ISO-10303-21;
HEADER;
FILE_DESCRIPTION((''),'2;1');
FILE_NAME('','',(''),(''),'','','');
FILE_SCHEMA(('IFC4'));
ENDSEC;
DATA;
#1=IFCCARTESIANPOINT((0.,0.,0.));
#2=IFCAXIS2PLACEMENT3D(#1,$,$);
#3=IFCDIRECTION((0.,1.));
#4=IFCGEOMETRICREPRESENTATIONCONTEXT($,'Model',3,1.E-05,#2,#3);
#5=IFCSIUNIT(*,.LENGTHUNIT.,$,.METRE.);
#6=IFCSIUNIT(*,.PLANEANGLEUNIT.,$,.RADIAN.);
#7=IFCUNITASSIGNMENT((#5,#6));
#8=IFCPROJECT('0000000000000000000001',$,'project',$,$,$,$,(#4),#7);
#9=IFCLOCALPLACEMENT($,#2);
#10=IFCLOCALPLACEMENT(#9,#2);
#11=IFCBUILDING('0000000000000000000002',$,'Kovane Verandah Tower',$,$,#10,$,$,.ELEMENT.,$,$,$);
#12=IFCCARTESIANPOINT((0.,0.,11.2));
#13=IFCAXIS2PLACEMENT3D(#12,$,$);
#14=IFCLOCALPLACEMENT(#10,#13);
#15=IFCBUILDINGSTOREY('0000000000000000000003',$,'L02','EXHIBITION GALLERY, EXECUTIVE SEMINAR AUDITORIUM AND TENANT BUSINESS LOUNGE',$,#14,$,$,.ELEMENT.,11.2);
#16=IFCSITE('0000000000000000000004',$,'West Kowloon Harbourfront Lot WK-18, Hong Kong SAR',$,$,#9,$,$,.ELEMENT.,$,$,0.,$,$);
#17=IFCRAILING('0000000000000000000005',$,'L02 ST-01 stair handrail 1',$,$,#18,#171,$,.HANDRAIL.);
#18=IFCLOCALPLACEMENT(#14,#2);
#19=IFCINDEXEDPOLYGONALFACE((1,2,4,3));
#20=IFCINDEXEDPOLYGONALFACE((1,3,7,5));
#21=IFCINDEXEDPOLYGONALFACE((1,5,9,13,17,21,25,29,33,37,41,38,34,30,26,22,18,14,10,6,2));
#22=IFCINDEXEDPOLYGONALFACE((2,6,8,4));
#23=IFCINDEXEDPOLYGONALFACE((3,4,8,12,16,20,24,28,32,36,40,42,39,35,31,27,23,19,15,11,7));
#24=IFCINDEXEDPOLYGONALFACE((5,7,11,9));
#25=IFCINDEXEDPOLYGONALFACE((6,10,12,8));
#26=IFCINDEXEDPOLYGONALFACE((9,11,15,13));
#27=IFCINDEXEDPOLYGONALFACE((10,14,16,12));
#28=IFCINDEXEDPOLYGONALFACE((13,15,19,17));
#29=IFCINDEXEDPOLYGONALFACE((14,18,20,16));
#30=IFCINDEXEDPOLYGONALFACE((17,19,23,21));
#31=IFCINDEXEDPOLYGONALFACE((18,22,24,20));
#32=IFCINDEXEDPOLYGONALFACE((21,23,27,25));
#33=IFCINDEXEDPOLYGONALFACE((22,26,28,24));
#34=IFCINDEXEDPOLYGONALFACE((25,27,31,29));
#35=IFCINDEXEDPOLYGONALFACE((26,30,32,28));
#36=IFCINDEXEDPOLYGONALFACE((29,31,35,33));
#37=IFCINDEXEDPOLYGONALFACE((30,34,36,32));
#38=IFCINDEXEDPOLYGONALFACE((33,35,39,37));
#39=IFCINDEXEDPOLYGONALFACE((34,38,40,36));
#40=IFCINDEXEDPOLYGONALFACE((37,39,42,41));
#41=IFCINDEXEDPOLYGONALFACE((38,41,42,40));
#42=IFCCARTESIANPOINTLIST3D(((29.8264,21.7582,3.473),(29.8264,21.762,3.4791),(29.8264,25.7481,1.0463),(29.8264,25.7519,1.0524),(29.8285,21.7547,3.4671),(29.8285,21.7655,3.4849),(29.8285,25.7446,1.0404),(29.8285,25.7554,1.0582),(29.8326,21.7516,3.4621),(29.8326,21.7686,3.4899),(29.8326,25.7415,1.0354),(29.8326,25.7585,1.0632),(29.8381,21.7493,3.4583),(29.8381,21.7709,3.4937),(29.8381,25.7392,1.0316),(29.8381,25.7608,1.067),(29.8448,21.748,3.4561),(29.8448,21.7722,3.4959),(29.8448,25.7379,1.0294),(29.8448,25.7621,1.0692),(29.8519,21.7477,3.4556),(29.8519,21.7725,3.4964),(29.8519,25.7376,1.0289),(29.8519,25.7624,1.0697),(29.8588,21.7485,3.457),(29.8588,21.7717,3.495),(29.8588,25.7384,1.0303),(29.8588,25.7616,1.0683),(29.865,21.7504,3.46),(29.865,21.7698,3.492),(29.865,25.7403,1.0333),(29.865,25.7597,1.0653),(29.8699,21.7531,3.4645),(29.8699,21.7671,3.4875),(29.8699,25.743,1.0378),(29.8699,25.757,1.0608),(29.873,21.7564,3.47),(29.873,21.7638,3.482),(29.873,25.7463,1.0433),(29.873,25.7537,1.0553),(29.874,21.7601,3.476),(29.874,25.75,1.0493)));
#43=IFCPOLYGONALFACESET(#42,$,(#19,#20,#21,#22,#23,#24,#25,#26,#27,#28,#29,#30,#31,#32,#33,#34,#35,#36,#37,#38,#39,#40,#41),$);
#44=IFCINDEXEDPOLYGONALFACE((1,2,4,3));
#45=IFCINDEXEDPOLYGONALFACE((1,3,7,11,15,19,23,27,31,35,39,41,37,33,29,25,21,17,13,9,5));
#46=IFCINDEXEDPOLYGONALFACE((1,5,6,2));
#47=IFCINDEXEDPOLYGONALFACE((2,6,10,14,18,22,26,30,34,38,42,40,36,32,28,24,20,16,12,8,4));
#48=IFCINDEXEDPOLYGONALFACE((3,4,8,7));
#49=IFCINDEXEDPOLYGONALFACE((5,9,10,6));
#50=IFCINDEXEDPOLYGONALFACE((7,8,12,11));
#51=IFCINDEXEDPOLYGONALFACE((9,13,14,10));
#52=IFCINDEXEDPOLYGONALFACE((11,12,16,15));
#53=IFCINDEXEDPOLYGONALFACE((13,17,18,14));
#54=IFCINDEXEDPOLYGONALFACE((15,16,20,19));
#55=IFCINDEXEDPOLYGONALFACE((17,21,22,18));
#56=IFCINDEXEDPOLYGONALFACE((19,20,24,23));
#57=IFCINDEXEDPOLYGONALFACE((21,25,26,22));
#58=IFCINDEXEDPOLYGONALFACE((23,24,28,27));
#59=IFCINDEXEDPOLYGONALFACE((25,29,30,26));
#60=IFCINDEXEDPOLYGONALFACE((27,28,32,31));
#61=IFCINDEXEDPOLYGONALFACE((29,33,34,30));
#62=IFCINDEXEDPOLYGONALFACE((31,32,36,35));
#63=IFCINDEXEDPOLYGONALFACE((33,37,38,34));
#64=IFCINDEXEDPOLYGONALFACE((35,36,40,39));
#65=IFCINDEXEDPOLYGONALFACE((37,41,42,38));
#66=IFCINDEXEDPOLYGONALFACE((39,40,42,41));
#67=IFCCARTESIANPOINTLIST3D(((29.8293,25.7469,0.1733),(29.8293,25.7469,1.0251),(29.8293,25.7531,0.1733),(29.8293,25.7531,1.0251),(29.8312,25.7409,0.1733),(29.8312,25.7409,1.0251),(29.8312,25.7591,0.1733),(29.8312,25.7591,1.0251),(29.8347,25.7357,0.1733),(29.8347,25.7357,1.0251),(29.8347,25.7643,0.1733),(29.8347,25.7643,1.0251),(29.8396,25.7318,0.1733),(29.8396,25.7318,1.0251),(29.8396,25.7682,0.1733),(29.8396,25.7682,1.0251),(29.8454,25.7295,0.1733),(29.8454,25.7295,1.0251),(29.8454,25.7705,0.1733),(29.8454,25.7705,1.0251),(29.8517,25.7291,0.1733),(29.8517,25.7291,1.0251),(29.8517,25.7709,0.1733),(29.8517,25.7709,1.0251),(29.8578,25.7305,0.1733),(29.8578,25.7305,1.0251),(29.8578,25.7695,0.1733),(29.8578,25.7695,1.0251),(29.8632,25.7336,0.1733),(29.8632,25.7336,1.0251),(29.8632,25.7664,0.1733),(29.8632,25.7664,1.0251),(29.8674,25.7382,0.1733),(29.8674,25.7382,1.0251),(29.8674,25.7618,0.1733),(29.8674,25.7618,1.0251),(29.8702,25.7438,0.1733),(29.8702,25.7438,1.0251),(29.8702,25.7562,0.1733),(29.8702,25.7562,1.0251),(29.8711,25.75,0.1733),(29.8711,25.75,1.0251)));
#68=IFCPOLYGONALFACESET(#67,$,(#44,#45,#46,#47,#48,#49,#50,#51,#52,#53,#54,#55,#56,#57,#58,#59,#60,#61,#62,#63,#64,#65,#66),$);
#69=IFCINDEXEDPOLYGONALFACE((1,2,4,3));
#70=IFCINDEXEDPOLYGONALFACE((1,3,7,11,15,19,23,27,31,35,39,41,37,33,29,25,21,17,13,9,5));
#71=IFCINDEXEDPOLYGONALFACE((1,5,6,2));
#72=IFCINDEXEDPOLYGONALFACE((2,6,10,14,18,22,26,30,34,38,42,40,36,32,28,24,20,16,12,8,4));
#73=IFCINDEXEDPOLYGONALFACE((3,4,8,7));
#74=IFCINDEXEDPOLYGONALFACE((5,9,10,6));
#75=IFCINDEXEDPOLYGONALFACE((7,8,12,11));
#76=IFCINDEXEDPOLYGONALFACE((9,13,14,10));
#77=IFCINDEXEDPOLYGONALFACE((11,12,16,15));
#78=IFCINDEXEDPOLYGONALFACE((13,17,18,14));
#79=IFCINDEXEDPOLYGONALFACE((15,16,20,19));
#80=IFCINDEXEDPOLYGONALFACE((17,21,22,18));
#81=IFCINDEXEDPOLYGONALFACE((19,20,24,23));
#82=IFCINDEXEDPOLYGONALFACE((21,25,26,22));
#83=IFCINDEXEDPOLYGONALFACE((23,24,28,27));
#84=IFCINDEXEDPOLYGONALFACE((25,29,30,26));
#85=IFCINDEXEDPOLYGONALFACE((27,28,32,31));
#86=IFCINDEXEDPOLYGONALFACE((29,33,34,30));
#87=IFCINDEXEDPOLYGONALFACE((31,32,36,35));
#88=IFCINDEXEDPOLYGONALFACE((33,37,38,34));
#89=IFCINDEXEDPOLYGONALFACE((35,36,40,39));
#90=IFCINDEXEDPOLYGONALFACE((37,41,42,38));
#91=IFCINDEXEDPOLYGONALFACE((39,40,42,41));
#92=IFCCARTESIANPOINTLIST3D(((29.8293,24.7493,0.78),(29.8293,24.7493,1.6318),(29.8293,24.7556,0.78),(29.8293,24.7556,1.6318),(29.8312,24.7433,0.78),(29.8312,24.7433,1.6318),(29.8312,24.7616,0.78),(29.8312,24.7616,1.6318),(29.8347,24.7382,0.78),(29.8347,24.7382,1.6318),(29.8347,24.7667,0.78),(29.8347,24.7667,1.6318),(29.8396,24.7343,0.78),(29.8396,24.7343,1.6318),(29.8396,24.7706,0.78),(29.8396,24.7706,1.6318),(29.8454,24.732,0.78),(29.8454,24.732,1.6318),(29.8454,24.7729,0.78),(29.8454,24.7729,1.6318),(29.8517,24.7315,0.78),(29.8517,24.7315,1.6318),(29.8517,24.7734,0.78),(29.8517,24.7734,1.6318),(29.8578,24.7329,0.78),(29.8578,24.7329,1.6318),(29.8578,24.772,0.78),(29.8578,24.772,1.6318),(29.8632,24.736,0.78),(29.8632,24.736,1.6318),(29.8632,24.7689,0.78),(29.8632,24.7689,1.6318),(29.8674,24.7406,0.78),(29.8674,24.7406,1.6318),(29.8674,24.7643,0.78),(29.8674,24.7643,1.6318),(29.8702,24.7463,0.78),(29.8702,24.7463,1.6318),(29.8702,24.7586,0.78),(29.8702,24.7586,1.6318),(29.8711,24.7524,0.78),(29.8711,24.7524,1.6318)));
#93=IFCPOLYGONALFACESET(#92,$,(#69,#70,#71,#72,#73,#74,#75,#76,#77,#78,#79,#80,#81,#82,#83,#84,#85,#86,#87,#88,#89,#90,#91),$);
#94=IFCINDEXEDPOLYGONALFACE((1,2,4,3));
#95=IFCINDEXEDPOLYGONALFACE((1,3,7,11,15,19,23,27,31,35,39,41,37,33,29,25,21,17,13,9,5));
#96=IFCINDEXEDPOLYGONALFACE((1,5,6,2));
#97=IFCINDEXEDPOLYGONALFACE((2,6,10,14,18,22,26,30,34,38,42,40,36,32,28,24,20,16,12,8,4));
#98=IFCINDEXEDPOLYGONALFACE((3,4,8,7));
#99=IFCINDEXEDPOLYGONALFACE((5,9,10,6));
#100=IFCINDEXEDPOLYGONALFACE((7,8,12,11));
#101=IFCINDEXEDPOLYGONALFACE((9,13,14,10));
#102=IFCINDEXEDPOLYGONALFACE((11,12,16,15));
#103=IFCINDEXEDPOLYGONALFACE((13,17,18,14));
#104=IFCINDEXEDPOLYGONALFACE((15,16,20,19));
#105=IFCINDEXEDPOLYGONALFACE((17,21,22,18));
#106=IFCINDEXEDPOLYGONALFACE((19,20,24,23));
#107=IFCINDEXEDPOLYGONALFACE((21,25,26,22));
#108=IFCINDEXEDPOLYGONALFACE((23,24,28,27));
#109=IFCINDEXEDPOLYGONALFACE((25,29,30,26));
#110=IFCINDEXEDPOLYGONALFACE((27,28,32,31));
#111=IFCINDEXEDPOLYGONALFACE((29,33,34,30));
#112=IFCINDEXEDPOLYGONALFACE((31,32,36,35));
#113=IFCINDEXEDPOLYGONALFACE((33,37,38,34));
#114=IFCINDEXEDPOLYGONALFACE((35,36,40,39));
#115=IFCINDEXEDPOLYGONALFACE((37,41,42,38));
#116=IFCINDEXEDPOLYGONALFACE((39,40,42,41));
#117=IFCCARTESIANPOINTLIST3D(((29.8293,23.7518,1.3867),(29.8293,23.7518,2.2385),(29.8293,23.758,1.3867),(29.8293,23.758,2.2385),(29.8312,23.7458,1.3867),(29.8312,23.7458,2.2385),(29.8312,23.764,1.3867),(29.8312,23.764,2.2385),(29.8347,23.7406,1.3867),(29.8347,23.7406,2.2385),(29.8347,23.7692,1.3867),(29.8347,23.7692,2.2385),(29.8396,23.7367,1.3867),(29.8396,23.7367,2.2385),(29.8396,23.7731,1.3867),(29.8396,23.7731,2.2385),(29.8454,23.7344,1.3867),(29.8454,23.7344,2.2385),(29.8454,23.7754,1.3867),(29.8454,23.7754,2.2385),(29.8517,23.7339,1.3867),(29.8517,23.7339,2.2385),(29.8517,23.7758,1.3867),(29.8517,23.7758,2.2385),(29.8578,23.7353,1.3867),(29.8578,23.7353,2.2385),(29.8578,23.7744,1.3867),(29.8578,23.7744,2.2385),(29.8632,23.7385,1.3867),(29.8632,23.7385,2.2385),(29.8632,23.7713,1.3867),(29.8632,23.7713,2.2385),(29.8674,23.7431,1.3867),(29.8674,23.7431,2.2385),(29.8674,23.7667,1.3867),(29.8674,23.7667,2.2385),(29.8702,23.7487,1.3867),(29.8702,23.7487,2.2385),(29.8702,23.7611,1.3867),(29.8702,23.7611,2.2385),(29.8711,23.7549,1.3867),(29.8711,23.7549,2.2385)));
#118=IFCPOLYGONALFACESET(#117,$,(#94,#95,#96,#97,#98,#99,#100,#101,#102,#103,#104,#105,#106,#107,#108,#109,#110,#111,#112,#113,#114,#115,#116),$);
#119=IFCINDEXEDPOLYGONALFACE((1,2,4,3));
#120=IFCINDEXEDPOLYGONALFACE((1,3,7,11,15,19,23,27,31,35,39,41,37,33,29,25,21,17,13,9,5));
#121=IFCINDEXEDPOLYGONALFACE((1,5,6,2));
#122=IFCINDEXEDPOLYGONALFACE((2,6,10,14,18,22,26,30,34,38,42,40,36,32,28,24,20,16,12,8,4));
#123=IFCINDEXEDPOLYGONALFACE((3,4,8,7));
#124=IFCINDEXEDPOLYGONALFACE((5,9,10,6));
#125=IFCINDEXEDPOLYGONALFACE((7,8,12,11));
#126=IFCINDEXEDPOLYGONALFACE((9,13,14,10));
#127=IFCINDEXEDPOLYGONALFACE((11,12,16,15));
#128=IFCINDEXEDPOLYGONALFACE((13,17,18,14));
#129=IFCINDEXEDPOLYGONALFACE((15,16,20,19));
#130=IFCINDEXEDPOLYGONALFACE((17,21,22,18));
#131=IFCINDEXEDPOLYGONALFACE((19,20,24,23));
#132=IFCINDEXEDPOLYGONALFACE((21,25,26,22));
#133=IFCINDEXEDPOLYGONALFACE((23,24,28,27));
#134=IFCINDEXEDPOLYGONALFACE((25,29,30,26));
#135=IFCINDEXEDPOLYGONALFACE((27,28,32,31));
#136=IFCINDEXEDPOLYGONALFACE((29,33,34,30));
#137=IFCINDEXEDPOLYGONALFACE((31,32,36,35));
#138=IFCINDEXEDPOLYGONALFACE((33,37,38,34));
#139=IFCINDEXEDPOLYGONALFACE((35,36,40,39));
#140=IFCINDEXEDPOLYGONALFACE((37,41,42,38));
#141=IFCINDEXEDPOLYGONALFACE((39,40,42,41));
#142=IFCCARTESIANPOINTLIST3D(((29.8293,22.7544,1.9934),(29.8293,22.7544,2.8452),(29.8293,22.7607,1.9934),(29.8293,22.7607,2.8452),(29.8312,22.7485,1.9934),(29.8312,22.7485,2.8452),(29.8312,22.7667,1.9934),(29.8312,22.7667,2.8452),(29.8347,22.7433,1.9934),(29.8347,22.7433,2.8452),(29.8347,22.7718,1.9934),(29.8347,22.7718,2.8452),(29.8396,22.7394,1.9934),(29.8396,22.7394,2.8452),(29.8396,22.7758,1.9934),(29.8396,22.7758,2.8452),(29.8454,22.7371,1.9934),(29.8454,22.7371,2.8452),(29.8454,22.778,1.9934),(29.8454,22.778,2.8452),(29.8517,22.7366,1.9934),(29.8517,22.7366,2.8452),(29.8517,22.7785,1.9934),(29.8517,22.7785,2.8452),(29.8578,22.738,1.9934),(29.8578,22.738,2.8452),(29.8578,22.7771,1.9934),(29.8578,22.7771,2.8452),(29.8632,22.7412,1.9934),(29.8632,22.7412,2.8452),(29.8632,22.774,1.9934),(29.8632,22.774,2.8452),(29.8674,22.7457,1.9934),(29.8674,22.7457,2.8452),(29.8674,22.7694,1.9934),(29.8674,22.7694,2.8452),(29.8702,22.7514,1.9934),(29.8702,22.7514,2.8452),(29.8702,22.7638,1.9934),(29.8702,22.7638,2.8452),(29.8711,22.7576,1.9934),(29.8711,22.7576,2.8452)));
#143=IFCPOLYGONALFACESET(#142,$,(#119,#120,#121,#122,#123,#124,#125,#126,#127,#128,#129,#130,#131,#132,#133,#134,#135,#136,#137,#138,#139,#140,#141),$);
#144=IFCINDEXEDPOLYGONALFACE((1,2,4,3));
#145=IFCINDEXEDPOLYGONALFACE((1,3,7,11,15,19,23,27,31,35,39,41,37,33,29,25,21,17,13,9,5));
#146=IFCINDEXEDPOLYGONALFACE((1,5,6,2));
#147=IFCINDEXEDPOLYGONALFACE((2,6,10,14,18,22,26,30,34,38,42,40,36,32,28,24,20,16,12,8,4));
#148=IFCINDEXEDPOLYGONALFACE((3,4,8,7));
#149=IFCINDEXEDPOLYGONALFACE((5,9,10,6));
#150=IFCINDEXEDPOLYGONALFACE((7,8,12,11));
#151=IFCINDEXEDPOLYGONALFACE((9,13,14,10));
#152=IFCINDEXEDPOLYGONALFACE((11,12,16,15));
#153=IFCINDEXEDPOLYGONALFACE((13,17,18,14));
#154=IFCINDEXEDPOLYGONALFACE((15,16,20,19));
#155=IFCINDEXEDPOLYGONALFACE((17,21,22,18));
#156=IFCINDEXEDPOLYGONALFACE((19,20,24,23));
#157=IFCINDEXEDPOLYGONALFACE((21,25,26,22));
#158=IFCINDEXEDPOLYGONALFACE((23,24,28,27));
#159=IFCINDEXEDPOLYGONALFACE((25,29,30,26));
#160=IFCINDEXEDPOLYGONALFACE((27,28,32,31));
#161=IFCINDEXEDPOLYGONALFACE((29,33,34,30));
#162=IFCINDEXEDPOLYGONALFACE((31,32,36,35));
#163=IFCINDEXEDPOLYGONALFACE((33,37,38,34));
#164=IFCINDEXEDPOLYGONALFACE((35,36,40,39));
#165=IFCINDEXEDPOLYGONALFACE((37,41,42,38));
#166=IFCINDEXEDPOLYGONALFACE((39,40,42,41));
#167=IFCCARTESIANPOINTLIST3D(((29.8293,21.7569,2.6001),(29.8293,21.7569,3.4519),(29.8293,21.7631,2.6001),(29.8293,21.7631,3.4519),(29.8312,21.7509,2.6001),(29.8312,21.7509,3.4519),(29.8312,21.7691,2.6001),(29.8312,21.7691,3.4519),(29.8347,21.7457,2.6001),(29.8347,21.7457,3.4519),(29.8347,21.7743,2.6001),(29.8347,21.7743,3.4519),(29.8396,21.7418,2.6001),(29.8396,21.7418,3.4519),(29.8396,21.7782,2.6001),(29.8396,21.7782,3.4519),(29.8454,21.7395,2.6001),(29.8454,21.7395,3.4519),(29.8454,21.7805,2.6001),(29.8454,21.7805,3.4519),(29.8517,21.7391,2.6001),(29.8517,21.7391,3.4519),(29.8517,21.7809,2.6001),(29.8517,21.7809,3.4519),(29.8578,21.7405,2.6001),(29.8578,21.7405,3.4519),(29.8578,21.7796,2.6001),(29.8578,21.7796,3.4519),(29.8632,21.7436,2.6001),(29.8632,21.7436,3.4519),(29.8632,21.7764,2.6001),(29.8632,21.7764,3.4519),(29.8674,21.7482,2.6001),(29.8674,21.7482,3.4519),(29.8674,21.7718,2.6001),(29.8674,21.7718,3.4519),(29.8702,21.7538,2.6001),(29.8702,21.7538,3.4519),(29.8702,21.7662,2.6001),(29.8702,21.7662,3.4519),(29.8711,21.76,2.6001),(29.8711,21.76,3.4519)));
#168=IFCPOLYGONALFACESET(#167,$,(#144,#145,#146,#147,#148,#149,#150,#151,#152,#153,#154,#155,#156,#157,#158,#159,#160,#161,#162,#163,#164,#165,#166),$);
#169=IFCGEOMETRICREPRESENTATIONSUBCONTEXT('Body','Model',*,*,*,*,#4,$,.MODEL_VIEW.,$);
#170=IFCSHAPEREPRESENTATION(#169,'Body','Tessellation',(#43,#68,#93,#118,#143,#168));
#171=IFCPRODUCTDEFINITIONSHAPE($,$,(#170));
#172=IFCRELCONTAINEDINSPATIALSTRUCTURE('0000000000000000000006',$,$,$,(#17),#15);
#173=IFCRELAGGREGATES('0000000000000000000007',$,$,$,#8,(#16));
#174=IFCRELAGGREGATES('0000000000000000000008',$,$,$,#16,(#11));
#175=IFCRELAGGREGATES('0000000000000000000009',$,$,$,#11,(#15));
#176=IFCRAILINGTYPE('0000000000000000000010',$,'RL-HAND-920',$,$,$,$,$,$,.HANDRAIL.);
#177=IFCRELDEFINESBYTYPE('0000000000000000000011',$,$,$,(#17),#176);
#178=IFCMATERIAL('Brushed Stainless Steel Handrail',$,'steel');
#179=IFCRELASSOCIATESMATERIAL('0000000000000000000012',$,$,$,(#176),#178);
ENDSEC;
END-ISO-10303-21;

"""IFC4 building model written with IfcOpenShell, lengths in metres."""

from ifc_helpers import new_model, si_unit, direction, frame, origin, origin_2d, place, context, subcontext, project, spatial, circle, extrude, material, type_object, element, save


model = new_model("IFC4")

# Units and contexts
model_context = context("Model", 3, precision=1e-05, world=origin(), true_north=direction((0.0, 1.0)))
body_context = subcontext(model_context, "Body", "Model", "MODEL_VIEW")
ifc_project = project(units=[si_unit("LENGTHUNIT", "METRE"), si_unit("PLANEANGLEUNIT", "RADIAN")], contexts=[model_context])

# Site, building, storey
site_placement = place(None, origin())
site = spatial("IfcSite", under=ifc_project, at=site_placement, Name="West Kowloon Harbourfront Lot WK-18, Hong Kong SAR", CompositionType="ELEMENT", RefElevation=0.0)
building_placement = place(site_placement, origin())
building = spatial("IfcBuilding", under=site, at=building_placement, Name="Kovane Verandah Tower", CompositionType="ELEMENT")
storey_placement = place(building_placement, frame((0.0, 0.0, 11.2)))
storey = spatial("IfcBuildingStorey", under=building, at=storey_placement, Name="L02", Description="EXHIBITION GALLERY, EXECUTIVE SEMINAR AUDITORIUM AND TENANT BUSINESS LOUNGE", CompositionType="ELEMENT", Elevation=11.2)

# Railing
ifc_material_1 = material(Name="Brushed Stainless Steel Handrail", Category="steel")
railing_type_1 = type_object("IfcRailingType", Name="RL-HAND-920", PredefinedType="HANDRAIL", material=ifc_material_1)
railing_1_placement = place(storey_placement, frame((29.8501, 25.75, 0.1733)))
element("IfcRailing", 1, at=railing_1_placement, inside=storey, type_object=railing_type_1, Name="L02 ST-01 stair handrail 1", PredefinedType="HANDRAIL", context=body_context, shape_type="SweptSolid", body=[
    extrude(circle(Radius=0.0239, at=origin_2d()), frame((0.0, 0.0, 0.876), z_axis=(0.0, -0.854382, 0.519645), x_axis=(1.0, 0.0, 0.0)), (0.0, 0.0, 1.0), 4.6699),
    extrude(circle(Radius=0.021, at=origin_2d()), origin(), (0.0, 0.0, 1.0), 0.8518),
    extrude(circle(Radius=0.021, at=origin_2d()), frame((0.0, -0.9976, 0.6067)), (0.0, 0.0, 1.0), 0.8518),
    extrude(circle(Radius=0.021, at=origin_2d()), frame((0.0, -1.9951, 1.2134)), (0.0, 0.0, 1.0), 0.8518),
    extrude(circle(Radius=0.021, at=origin_2d()), frame((0.0, -2.9924, 1.8201)), (0.0, 0.0, 1.0), 0.8518),
    extrude(circle(Radius=0.021, at=origin_2d()), frame((0.0, -3.99, 2.4268)), (0.0, 0.0, 1.0), 0.8518),
])

save(model, "model.ifc")
